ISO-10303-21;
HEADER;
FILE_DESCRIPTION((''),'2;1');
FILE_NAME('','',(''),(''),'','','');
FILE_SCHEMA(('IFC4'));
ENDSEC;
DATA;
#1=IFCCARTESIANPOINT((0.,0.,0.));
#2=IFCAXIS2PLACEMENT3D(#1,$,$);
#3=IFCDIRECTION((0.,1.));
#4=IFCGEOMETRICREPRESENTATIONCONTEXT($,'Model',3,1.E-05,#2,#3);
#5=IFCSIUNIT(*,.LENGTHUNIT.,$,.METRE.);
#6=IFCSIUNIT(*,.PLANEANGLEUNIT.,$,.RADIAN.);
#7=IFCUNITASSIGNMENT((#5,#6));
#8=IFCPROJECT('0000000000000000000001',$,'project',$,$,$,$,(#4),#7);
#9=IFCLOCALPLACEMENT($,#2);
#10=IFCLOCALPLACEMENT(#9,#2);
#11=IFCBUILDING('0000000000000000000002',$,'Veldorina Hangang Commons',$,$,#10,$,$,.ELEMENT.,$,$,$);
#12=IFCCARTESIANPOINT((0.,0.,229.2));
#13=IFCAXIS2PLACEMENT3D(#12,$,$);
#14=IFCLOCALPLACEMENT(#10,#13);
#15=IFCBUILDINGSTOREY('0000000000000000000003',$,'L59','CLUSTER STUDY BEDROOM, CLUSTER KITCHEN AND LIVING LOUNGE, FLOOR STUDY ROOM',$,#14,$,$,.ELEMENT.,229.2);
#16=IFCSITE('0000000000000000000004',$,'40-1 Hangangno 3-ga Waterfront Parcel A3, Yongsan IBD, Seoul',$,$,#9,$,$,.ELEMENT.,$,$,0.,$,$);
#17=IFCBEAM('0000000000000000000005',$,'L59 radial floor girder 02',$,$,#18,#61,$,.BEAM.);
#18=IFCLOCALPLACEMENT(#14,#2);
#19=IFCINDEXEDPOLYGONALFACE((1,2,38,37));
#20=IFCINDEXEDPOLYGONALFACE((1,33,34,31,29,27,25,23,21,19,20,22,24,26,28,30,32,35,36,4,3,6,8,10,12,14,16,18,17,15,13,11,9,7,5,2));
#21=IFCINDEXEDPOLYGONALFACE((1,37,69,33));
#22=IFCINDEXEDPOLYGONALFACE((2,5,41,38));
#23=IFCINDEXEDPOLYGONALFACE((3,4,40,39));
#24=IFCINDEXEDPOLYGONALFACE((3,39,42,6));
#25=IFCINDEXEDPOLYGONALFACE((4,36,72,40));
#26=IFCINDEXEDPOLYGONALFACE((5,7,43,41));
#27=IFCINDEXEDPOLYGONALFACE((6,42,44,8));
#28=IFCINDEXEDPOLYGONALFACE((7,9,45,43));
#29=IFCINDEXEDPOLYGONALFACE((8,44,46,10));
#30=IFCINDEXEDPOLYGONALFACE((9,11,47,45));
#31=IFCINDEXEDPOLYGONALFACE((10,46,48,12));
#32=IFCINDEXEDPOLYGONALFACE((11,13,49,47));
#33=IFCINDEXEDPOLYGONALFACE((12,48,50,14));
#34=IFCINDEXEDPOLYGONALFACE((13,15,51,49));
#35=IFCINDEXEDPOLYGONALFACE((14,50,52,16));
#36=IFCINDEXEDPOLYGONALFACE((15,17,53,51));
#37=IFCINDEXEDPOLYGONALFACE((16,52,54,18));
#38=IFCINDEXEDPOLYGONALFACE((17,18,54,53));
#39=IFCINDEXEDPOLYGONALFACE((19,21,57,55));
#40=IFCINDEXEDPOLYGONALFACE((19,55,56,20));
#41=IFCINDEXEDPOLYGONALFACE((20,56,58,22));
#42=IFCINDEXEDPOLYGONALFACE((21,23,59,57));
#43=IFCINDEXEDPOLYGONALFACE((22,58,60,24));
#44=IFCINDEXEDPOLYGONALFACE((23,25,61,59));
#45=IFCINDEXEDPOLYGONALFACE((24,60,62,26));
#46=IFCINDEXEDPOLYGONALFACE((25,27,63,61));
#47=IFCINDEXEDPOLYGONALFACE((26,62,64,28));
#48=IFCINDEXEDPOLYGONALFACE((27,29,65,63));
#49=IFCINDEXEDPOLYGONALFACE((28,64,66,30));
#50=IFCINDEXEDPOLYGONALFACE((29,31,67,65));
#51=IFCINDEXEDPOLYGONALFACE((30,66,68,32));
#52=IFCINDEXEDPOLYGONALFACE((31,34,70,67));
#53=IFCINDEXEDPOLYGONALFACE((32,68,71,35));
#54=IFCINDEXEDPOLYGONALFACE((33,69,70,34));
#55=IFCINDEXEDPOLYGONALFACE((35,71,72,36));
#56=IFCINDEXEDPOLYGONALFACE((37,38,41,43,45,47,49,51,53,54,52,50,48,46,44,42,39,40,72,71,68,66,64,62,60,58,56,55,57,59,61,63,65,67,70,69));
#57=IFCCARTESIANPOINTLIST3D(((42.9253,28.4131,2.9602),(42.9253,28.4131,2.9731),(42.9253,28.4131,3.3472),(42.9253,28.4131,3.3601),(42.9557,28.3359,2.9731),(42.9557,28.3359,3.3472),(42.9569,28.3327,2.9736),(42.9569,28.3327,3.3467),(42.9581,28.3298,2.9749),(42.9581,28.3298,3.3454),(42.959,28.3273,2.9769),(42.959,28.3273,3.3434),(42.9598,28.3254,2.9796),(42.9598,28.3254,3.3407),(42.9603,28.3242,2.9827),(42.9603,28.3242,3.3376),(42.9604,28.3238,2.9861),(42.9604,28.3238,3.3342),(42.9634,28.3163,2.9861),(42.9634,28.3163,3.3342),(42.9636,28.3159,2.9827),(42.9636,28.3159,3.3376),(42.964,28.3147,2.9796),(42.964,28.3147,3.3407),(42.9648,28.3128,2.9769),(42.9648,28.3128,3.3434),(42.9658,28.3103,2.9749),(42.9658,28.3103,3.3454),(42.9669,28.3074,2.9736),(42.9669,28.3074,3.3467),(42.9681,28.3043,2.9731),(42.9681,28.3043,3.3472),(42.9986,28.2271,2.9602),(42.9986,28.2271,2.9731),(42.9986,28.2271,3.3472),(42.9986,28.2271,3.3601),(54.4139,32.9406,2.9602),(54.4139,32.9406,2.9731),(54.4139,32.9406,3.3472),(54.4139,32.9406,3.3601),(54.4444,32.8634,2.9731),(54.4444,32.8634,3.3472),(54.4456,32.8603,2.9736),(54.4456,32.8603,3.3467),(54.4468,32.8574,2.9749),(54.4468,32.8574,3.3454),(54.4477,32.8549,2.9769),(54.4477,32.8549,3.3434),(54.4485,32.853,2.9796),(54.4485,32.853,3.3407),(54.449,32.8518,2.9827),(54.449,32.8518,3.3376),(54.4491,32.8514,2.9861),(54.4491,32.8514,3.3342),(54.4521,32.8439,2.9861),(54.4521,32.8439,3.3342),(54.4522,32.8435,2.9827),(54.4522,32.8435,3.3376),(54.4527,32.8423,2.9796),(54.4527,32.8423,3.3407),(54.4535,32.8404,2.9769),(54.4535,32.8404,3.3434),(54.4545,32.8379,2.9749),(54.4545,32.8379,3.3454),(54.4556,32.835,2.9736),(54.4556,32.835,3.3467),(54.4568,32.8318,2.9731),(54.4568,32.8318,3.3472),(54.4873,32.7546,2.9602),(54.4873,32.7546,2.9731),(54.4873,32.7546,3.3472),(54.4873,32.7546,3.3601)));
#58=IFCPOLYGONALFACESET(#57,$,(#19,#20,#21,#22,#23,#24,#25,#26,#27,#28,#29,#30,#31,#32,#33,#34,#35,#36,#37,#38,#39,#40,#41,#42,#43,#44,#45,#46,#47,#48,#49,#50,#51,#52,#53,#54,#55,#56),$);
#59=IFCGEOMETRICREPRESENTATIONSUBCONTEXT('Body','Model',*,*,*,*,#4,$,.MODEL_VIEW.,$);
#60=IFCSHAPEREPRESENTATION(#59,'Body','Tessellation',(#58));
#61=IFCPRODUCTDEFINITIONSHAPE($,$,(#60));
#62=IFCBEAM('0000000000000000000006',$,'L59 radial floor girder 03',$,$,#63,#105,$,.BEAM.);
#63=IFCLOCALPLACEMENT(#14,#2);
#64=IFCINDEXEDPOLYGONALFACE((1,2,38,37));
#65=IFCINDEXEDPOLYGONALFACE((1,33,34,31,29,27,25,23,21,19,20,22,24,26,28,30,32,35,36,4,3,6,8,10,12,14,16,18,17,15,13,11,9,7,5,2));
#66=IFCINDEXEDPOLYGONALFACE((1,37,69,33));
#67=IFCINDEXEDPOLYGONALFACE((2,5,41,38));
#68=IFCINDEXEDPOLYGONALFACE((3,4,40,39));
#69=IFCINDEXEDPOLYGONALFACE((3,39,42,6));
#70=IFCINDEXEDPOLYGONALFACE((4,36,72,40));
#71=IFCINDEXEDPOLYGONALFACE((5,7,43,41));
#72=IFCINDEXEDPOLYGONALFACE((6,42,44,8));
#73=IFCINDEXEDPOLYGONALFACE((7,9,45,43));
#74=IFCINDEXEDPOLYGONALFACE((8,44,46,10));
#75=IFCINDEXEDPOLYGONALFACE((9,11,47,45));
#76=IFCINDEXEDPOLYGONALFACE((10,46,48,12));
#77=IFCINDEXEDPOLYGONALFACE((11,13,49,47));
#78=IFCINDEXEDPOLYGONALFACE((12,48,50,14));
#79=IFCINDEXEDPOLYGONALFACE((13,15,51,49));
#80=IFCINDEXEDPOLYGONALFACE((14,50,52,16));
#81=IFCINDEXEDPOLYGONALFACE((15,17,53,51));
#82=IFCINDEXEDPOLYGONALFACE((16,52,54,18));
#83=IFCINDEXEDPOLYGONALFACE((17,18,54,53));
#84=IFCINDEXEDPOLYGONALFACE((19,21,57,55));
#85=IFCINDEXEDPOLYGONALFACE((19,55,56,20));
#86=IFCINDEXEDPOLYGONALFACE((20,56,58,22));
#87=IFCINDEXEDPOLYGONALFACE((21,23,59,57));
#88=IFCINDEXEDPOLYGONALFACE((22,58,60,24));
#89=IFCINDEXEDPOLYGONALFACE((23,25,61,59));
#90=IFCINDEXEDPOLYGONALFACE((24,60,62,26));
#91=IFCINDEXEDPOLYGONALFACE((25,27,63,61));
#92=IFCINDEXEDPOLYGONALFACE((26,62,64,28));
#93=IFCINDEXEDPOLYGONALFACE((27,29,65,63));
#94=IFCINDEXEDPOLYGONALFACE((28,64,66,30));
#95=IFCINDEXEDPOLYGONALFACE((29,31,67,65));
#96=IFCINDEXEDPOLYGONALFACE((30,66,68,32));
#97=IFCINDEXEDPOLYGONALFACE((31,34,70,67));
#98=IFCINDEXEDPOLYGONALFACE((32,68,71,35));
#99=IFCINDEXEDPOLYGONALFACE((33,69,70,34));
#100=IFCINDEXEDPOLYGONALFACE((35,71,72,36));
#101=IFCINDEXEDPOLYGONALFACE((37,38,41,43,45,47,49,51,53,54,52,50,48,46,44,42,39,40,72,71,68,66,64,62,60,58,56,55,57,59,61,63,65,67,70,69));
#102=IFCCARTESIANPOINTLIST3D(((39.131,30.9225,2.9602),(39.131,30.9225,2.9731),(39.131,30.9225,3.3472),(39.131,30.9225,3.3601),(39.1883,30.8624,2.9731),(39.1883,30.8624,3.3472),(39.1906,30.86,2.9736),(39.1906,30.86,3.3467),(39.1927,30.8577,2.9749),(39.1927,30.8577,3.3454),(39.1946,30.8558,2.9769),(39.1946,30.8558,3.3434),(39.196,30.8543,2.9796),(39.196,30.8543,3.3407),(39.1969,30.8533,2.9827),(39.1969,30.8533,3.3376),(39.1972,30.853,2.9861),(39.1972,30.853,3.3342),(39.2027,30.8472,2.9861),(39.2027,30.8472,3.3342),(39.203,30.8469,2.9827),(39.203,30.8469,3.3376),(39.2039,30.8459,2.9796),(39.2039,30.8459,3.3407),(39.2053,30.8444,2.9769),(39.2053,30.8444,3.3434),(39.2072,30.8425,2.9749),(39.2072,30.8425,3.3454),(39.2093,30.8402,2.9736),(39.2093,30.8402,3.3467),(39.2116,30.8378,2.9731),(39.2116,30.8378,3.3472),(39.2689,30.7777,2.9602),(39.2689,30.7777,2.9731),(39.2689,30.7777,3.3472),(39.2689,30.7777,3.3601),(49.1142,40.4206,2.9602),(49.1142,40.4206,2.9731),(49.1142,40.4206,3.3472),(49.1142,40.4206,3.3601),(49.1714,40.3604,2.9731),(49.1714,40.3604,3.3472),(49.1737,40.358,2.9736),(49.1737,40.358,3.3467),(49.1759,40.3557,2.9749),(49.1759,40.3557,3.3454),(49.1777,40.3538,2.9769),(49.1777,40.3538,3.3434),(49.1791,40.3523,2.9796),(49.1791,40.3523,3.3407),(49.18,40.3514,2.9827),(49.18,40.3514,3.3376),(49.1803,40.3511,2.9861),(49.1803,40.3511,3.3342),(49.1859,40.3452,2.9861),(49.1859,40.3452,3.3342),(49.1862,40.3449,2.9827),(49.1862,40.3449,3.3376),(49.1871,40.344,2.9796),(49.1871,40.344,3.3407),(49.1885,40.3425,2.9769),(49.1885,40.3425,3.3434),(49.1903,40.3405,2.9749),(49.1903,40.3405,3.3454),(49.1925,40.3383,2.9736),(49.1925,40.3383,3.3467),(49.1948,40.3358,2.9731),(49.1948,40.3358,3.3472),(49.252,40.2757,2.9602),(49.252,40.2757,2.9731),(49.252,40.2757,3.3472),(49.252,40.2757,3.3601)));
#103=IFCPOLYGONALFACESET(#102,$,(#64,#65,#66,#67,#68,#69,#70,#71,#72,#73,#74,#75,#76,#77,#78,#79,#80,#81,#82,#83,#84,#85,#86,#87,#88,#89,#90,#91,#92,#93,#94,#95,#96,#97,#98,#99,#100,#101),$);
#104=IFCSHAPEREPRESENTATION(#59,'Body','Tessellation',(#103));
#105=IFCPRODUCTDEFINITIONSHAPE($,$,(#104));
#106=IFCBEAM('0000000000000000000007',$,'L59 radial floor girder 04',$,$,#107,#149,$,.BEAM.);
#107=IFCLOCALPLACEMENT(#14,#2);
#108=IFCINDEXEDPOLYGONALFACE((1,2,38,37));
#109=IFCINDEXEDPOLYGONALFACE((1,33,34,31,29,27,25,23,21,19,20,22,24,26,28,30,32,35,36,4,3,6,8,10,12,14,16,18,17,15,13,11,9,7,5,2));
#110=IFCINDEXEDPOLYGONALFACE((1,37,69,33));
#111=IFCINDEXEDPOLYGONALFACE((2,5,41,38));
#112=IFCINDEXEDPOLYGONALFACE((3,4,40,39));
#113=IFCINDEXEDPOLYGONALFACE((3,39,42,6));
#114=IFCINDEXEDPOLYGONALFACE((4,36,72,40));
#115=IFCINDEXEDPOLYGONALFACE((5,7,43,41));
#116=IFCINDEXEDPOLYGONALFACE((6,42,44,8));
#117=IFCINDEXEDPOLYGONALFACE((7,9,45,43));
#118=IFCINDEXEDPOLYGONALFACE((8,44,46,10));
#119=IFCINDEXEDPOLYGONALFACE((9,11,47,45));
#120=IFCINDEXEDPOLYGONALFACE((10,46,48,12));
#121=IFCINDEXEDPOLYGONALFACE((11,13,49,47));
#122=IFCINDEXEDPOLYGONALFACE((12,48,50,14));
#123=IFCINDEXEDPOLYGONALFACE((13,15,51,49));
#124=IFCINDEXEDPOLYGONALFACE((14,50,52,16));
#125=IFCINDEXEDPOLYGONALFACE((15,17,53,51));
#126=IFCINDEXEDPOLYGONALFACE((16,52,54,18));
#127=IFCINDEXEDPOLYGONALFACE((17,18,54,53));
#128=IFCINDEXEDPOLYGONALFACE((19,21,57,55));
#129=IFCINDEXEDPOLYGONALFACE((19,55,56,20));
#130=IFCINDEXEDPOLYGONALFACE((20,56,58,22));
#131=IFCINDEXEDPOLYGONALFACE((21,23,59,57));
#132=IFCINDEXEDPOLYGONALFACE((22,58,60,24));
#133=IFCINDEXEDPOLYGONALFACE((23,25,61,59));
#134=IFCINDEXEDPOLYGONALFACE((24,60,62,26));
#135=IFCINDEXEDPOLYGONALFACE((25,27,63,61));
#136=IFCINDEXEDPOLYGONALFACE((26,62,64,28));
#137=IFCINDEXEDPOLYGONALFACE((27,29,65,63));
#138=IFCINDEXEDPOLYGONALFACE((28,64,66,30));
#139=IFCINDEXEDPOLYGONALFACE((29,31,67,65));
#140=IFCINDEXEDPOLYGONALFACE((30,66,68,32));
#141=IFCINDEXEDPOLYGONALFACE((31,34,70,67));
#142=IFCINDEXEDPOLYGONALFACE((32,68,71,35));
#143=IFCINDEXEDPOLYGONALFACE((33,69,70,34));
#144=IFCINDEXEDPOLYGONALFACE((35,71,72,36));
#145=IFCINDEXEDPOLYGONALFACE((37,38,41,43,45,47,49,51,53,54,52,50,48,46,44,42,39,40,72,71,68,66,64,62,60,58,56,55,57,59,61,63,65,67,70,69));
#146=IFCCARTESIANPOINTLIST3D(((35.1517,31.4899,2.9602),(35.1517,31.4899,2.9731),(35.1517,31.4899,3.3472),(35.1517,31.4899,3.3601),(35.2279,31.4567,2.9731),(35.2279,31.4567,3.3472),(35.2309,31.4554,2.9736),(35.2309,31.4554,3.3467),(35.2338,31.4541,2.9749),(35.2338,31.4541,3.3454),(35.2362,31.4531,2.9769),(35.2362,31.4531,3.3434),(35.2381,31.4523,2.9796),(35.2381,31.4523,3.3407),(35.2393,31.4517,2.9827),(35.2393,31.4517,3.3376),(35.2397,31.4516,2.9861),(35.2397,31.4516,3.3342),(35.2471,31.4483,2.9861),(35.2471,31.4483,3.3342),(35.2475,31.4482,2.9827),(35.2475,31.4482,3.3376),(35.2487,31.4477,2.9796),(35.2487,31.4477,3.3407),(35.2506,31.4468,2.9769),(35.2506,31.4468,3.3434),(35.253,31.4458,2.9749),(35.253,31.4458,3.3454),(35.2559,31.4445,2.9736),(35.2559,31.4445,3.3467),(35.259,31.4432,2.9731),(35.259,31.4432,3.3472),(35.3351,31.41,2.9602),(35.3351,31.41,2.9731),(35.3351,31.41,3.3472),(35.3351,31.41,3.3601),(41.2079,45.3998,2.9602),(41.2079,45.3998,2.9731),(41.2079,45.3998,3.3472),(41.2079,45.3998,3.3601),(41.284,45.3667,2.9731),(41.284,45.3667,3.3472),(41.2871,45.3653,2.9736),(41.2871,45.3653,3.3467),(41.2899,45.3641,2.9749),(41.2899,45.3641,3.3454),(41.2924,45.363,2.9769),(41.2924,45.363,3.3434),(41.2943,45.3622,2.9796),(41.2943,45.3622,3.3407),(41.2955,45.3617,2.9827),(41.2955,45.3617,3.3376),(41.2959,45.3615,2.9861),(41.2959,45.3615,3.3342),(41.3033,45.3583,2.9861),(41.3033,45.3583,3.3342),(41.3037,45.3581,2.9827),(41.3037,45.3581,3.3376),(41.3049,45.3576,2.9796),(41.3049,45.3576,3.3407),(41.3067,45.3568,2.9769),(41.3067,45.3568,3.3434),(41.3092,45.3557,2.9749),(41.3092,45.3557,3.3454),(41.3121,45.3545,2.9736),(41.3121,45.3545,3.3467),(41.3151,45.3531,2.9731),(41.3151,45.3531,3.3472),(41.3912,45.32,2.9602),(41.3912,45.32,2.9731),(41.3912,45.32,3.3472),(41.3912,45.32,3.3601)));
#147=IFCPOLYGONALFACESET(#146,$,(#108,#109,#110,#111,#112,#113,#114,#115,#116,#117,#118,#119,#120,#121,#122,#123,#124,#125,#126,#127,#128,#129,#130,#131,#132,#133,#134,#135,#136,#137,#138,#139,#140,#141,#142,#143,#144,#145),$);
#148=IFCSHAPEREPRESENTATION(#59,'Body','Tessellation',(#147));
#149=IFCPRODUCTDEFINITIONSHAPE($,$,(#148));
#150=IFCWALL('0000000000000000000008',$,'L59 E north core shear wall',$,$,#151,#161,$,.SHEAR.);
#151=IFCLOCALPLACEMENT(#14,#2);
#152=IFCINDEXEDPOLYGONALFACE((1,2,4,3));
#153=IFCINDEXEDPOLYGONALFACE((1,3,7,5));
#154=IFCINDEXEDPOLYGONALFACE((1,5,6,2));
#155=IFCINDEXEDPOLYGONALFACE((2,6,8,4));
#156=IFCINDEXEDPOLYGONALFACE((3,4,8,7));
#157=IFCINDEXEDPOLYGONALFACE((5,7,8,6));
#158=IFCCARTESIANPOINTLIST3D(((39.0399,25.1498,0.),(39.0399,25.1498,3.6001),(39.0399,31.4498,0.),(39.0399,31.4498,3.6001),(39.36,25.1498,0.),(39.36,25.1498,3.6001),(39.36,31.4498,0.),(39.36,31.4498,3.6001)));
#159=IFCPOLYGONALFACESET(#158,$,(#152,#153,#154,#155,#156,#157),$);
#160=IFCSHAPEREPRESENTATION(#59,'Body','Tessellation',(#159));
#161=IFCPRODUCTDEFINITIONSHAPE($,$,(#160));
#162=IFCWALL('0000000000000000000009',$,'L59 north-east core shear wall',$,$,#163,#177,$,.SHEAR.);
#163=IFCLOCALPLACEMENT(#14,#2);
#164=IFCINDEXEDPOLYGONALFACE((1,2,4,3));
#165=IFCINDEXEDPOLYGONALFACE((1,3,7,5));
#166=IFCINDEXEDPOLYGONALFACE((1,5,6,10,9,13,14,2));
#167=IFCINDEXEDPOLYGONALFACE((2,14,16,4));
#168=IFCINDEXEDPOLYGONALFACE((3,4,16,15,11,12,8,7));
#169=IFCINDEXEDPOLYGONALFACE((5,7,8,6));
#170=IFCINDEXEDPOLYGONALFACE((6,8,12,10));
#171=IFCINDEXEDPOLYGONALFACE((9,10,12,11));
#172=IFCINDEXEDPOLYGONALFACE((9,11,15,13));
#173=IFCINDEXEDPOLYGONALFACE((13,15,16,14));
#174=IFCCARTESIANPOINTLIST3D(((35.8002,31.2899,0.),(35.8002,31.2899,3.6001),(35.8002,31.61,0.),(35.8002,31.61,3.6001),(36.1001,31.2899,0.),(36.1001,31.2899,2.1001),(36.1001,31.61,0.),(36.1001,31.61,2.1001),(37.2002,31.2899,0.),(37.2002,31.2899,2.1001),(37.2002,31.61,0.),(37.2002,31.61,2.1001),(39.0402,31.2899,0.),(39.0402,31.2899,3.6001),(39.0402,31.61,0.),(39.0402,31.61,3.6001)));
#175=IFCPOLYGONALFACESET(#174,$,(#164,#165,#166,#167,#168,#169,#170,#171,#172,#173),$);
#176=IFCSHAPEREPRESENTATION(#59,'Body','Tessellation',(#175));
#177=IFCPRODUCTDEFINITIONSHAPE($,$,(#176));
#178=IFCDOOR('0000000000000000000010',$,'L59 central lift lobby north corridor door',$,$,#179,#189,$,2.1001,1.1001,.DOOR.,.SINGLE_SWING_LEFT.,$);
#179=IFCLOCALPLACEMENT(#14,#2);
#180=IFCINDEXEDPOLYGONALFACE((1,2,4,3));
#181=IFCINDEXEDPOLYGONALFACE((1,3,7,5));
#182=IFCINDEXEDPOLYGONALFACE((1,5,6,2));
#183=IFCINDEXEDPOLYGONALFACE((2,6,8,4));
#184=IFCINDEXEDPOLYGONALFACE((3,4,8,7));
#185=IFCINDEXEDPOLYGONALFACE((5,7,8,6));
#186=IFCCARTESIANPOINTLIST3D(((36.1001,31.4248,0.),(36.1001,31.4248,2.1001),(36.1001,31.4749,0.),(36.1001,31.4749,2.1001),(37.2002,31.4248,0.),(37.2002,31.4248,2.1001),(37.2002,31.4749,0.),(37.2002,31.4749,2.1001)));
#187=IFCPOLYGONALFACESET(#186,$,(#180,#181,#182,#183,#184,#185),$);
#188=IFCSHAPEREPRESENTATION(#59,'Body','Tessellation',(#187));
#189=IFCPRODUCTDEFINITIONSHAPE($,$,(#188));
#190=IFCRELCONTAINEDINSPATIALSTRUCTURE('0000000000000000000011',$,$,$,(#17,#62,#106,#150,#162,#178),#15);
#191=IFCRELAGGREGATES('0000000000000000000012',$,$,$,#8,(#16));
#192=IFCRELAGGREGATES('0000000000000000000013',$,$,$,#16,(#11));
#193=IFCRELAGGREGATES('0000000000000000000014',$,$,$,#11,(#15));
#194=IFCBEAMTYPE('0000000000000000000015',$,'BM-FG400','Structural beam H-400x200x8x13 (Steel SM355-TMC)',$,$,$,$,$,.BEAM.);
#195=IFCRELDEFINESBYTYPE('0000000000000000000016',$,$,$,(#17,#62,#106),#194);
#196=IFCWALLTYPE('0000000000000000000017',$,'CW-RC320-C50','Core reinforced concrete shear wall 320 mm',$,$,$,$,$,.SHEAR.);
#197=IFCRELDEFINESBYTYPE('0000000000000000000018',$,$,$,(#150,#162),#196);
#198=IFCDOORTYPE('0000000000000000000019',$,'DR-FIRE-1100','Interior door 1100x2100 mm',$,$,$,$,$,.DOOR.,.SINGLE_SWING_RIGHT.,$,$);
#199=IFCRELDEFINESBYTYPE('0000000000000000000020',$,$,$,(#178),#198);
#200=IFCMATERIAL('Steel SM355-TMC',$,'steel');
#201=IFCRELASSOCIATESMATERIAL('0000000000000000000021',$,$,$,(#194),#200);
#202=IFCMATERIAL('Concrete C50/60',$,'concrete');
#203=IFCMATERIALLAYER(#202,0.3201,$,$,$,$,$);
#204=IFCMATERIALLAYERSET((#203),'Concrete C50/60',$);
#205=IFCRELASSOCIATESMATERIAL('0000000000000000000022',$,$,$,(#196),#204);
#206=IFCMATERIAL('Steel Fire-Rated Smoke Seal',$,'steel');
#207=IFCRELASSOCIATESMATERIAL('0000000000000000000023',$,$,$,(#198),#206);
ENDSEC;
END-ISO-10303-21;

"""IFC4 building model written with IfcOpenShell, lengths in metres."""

from ifc_helpers import new_model, si_unit, direction, frame, frame_2d, origin, origin_2d, place, context, subcontext, project, spatial, rectangle, i_section, extrude, material, layer, layer_set, material_profile, profile_set, type_object, element, fill, save


model = new_model("IFC4")

# Units and contexts
model_context = context("Model", 3, precision=1e-05, world=origin(), true_north=direction((0.0, 1.0)))
body_context = subcontext(model_context, "Body", "Model", "MODEL_VIEW")
ifc_project = project(units=[si_unit("LENGTHUNIT", "METRE"), si_unit("PLANEANGLEUNIT", "RADIAN")], contexts=[model_context])

# Site, building, storey
site_placement = place(None, origin())
site = spatial("IfcSite", under=ifc_project, at=site_placement, Name="40-1 Hangangno 3-ga Waterfront Parcel A3, Yongsan IBD, Seoul", CompositionType="ELEMENT", RefElevation=0.0)
building_placement = place(site_placement, origin())
building = spatial("IfcBuilding", under=site, at=building_placement, Name="Veldorina Hangang Commons", CompositionType="ELEMENT")
storey_placement = place(building_placement, frame((0.0, 0.0, 229.2)))
storey = spatial("IfcBuildingStorey", under=building, at=storey_placement, Name="L59", Description="CLUSTER STUDY BEDROOM, CLUSTER KITCHEN AND LIVING LOUNGE, FLOOR STUDY ROOM", CompositionType="ELEMENT", Elevation=229.2)

# Beams
ifc_material_1 = material(Name="Steel SM355-TMC", Category="steel")
ifc_material_profile = material_profile(ifc_material_1, i_section(OverallWidth=0.2, OverallDepth=0.3999, WebThickness=0.0081, FlangeThickness=0.0129, FilletRadius=0.0129, at=origin_2d()), Name="H-400x200x8x13")
ifc_profile_set = profile_set([ifc_material_profile], Name="Steel SM355-TMC")
beam_type = type_object("IfcBeamType", Name="BM-FG400", Description="Structural beam H-400x200x8x13 (Steel SM355-TMC)", PredefinedType="BEAM", material=ifc_profile_set)
beam_1_placement = place(storey_placement, frame((42.9619, 28.3201, 3.1602), z_axis=(0.930361, 0.366644, 0.0), x_axis=(-0.366644, 0.930361, 0.0)))
element("IfcBeam", 1, at=beam_1_placement, inside=storey, type_object=beam_type, Name="L59 radial floor girder 02", PredefinedType="BEAM", context=body_context, shape_type="SweptSolid", body=[
    extrude(i_section(OverallWidth=0.2, OverallDepth=0.3999, WebThickness=0.0081, FlangeThickness=0.0129, FilletRadius=0.0129, at=origin_2d()), origin(), (0.0, 0.0, 1.0), 12.3486),
])
beam_2_placement = place(storey_placement, frame((39.2, 30.8501, 3.1602), z_axis=(0.72449, 0.689285, 0.0), x_axis=(-0.689285, 0.72449, 0.0)))
element("IfcBeam", 2, at=beam_2_placement, inside=storey, type_object=beam_type, Name="L59 radial floor girder 03", PredefinedType="BEAM", context=body_context, shape_type="SweptSolid", body=[
    extrude(i_section(OverallWidth=0.2, OverallDepth=0.3999, WebThickness=0.0081, FlangeThickness=0.0129, FilletRadius=0.0129, at=origin_2d()), origin(), (0.0, 0.0, 1.0), 13.7795),
])
beam_3_placement = place(storey_placement, frame((35.2434, 31.45, 3.1602), z_axis=(0.39919, 0.916868, 0.0), x_axis=(-0.916868, 0.39919, 0.0)))
element("IfcBeam", 3, at=beam_3_placement, inside=storey, type_object=beam_type, Name="L59 radial floor girder 04", PredefinedType="BEAM", context=body_context, shape_type="SweptSolid", body=[
    extrude(i_section(OverallWidth=0.2, OverallDepth=0.3999, WebThickness=0.0081, FlangeThickness=0.0129, FilletRadius=0.0129, at=origin_2d()), origin(), (0.0, 0.0, 1.0), 15.1711),
])

# Wall
ifc_material_2 = material(Name="Concrete C50/60", Category="concrete")
ifc_layer_1 = layer(ifc_material_2, 0.3201)
ifc_layer_set_1 = layer_set([ifc_layer_1], Name="Concrete C50/60")
wall_type_1 = type_object("IfcWallType", Name="CW-RC320-C50", Description="Core reinforced concrete shear wall 320 mm", PredefinedType="SHEAR", material=ifc_layer_set_1)
wall_1_placement = place(storey_placement, frame((39.2, 25.1499, 0.0), z_axis=(0.0, 0.0, 1.0), x_axis=(0.0, 1.0, 0.0)))
element("IfcWall", 4, at=wall_1_placement, inside=storey, type_object=wall_type_1, Name="L59 E north core shear wall", PredefinedType="SHEAR", context=body_context, shape_type="SweptSolid", body=[
    extrude(rectangle(XDim=6.3, YDim=0.3201, at=frame_2d((3.1499, 0.0))), origin(), (0.0, 0.0, 1.0), 3.6001),
])

# Wall, opening, door
wall_2_placement = place(storey_placement, frame((35.8, 31.45, 0.0), z_axis=(0.0, 0.0, 1.0), x_axis=(1.0, 0.0, 0.0)))
wall_2 = element("IfcWall", 5, at=wall_2_placement, inside=storey, type_object=wall_type_1, Name="L59 north-east core shear wall", PredefinedType="SHEAR", context=body_context, shape_type="SweptSolid", body=[
    extrude(rectangle(XDim=3.24, YDim=0.3201, at=frame_2d((1.6201, 0.0))), origin(), (0.0, 0.0, 1.0), 3.6001),
])
opening_1_placement = place(wall_2_placement, frame((0.3, 0.0, 0.0)))
opening_1 = element("IfcOpeningElement", 6, at=opening_1_placement, cuts=wall_2, PredefinedType="OPENING", context=body_context, shape_type="SweptSolid", body=[
    extrude(rectangle(XDim=1.1001, YDim=2.1001, at=frame_2d((0.55, 1.05))), frame((0.0, 0.1699, 0.0), z_axis=(0.0, -1.0, 0.0), x_axis=(1.0, 0.0, 0.0)), (0.0, 0.0, 1.0), 0.3401),
])
ifc_material_3 = material(Name="Steel Fire-Rated Smoke Seal", Category="steel")
door_type_1 = type_object("IfcDoorType", Name="DR-FIRE-1100", Description="Interior door 1100x2100 mm", OperationType="SINGLE_SWING_RIGHT", PredefinedType="DOOR", material=ifc_material_3)
door_1_placement = place(opening_1_placement, origin())
door_1 = element("IfcDoor", 7, at=door_1_placement, inside=storey, type_object=door_type_1, Name="L59 central lift lobby north corridor door", OperationType="SINGLE_SWING_LEFT", OverallHeight=2.1001, OverallWidth=1.1001, PredefinedType="DOOR", context=body_context, shape_type="SweptSolid", body=[
    extrude(rectangle(XDim=1.1001, YDim=2.1001, at=frame_2d((0.55, 1.05))), frame((0.0, 0.0249, 0.0), z_axis=(0.0, -1.0, 0.0), x_axis=(1.0, 0.0, 0.0)), (0.0, 0.0, 1.0), 0.05),
])
fill(opening_1, door_1)

save(model, "model.ifc")
